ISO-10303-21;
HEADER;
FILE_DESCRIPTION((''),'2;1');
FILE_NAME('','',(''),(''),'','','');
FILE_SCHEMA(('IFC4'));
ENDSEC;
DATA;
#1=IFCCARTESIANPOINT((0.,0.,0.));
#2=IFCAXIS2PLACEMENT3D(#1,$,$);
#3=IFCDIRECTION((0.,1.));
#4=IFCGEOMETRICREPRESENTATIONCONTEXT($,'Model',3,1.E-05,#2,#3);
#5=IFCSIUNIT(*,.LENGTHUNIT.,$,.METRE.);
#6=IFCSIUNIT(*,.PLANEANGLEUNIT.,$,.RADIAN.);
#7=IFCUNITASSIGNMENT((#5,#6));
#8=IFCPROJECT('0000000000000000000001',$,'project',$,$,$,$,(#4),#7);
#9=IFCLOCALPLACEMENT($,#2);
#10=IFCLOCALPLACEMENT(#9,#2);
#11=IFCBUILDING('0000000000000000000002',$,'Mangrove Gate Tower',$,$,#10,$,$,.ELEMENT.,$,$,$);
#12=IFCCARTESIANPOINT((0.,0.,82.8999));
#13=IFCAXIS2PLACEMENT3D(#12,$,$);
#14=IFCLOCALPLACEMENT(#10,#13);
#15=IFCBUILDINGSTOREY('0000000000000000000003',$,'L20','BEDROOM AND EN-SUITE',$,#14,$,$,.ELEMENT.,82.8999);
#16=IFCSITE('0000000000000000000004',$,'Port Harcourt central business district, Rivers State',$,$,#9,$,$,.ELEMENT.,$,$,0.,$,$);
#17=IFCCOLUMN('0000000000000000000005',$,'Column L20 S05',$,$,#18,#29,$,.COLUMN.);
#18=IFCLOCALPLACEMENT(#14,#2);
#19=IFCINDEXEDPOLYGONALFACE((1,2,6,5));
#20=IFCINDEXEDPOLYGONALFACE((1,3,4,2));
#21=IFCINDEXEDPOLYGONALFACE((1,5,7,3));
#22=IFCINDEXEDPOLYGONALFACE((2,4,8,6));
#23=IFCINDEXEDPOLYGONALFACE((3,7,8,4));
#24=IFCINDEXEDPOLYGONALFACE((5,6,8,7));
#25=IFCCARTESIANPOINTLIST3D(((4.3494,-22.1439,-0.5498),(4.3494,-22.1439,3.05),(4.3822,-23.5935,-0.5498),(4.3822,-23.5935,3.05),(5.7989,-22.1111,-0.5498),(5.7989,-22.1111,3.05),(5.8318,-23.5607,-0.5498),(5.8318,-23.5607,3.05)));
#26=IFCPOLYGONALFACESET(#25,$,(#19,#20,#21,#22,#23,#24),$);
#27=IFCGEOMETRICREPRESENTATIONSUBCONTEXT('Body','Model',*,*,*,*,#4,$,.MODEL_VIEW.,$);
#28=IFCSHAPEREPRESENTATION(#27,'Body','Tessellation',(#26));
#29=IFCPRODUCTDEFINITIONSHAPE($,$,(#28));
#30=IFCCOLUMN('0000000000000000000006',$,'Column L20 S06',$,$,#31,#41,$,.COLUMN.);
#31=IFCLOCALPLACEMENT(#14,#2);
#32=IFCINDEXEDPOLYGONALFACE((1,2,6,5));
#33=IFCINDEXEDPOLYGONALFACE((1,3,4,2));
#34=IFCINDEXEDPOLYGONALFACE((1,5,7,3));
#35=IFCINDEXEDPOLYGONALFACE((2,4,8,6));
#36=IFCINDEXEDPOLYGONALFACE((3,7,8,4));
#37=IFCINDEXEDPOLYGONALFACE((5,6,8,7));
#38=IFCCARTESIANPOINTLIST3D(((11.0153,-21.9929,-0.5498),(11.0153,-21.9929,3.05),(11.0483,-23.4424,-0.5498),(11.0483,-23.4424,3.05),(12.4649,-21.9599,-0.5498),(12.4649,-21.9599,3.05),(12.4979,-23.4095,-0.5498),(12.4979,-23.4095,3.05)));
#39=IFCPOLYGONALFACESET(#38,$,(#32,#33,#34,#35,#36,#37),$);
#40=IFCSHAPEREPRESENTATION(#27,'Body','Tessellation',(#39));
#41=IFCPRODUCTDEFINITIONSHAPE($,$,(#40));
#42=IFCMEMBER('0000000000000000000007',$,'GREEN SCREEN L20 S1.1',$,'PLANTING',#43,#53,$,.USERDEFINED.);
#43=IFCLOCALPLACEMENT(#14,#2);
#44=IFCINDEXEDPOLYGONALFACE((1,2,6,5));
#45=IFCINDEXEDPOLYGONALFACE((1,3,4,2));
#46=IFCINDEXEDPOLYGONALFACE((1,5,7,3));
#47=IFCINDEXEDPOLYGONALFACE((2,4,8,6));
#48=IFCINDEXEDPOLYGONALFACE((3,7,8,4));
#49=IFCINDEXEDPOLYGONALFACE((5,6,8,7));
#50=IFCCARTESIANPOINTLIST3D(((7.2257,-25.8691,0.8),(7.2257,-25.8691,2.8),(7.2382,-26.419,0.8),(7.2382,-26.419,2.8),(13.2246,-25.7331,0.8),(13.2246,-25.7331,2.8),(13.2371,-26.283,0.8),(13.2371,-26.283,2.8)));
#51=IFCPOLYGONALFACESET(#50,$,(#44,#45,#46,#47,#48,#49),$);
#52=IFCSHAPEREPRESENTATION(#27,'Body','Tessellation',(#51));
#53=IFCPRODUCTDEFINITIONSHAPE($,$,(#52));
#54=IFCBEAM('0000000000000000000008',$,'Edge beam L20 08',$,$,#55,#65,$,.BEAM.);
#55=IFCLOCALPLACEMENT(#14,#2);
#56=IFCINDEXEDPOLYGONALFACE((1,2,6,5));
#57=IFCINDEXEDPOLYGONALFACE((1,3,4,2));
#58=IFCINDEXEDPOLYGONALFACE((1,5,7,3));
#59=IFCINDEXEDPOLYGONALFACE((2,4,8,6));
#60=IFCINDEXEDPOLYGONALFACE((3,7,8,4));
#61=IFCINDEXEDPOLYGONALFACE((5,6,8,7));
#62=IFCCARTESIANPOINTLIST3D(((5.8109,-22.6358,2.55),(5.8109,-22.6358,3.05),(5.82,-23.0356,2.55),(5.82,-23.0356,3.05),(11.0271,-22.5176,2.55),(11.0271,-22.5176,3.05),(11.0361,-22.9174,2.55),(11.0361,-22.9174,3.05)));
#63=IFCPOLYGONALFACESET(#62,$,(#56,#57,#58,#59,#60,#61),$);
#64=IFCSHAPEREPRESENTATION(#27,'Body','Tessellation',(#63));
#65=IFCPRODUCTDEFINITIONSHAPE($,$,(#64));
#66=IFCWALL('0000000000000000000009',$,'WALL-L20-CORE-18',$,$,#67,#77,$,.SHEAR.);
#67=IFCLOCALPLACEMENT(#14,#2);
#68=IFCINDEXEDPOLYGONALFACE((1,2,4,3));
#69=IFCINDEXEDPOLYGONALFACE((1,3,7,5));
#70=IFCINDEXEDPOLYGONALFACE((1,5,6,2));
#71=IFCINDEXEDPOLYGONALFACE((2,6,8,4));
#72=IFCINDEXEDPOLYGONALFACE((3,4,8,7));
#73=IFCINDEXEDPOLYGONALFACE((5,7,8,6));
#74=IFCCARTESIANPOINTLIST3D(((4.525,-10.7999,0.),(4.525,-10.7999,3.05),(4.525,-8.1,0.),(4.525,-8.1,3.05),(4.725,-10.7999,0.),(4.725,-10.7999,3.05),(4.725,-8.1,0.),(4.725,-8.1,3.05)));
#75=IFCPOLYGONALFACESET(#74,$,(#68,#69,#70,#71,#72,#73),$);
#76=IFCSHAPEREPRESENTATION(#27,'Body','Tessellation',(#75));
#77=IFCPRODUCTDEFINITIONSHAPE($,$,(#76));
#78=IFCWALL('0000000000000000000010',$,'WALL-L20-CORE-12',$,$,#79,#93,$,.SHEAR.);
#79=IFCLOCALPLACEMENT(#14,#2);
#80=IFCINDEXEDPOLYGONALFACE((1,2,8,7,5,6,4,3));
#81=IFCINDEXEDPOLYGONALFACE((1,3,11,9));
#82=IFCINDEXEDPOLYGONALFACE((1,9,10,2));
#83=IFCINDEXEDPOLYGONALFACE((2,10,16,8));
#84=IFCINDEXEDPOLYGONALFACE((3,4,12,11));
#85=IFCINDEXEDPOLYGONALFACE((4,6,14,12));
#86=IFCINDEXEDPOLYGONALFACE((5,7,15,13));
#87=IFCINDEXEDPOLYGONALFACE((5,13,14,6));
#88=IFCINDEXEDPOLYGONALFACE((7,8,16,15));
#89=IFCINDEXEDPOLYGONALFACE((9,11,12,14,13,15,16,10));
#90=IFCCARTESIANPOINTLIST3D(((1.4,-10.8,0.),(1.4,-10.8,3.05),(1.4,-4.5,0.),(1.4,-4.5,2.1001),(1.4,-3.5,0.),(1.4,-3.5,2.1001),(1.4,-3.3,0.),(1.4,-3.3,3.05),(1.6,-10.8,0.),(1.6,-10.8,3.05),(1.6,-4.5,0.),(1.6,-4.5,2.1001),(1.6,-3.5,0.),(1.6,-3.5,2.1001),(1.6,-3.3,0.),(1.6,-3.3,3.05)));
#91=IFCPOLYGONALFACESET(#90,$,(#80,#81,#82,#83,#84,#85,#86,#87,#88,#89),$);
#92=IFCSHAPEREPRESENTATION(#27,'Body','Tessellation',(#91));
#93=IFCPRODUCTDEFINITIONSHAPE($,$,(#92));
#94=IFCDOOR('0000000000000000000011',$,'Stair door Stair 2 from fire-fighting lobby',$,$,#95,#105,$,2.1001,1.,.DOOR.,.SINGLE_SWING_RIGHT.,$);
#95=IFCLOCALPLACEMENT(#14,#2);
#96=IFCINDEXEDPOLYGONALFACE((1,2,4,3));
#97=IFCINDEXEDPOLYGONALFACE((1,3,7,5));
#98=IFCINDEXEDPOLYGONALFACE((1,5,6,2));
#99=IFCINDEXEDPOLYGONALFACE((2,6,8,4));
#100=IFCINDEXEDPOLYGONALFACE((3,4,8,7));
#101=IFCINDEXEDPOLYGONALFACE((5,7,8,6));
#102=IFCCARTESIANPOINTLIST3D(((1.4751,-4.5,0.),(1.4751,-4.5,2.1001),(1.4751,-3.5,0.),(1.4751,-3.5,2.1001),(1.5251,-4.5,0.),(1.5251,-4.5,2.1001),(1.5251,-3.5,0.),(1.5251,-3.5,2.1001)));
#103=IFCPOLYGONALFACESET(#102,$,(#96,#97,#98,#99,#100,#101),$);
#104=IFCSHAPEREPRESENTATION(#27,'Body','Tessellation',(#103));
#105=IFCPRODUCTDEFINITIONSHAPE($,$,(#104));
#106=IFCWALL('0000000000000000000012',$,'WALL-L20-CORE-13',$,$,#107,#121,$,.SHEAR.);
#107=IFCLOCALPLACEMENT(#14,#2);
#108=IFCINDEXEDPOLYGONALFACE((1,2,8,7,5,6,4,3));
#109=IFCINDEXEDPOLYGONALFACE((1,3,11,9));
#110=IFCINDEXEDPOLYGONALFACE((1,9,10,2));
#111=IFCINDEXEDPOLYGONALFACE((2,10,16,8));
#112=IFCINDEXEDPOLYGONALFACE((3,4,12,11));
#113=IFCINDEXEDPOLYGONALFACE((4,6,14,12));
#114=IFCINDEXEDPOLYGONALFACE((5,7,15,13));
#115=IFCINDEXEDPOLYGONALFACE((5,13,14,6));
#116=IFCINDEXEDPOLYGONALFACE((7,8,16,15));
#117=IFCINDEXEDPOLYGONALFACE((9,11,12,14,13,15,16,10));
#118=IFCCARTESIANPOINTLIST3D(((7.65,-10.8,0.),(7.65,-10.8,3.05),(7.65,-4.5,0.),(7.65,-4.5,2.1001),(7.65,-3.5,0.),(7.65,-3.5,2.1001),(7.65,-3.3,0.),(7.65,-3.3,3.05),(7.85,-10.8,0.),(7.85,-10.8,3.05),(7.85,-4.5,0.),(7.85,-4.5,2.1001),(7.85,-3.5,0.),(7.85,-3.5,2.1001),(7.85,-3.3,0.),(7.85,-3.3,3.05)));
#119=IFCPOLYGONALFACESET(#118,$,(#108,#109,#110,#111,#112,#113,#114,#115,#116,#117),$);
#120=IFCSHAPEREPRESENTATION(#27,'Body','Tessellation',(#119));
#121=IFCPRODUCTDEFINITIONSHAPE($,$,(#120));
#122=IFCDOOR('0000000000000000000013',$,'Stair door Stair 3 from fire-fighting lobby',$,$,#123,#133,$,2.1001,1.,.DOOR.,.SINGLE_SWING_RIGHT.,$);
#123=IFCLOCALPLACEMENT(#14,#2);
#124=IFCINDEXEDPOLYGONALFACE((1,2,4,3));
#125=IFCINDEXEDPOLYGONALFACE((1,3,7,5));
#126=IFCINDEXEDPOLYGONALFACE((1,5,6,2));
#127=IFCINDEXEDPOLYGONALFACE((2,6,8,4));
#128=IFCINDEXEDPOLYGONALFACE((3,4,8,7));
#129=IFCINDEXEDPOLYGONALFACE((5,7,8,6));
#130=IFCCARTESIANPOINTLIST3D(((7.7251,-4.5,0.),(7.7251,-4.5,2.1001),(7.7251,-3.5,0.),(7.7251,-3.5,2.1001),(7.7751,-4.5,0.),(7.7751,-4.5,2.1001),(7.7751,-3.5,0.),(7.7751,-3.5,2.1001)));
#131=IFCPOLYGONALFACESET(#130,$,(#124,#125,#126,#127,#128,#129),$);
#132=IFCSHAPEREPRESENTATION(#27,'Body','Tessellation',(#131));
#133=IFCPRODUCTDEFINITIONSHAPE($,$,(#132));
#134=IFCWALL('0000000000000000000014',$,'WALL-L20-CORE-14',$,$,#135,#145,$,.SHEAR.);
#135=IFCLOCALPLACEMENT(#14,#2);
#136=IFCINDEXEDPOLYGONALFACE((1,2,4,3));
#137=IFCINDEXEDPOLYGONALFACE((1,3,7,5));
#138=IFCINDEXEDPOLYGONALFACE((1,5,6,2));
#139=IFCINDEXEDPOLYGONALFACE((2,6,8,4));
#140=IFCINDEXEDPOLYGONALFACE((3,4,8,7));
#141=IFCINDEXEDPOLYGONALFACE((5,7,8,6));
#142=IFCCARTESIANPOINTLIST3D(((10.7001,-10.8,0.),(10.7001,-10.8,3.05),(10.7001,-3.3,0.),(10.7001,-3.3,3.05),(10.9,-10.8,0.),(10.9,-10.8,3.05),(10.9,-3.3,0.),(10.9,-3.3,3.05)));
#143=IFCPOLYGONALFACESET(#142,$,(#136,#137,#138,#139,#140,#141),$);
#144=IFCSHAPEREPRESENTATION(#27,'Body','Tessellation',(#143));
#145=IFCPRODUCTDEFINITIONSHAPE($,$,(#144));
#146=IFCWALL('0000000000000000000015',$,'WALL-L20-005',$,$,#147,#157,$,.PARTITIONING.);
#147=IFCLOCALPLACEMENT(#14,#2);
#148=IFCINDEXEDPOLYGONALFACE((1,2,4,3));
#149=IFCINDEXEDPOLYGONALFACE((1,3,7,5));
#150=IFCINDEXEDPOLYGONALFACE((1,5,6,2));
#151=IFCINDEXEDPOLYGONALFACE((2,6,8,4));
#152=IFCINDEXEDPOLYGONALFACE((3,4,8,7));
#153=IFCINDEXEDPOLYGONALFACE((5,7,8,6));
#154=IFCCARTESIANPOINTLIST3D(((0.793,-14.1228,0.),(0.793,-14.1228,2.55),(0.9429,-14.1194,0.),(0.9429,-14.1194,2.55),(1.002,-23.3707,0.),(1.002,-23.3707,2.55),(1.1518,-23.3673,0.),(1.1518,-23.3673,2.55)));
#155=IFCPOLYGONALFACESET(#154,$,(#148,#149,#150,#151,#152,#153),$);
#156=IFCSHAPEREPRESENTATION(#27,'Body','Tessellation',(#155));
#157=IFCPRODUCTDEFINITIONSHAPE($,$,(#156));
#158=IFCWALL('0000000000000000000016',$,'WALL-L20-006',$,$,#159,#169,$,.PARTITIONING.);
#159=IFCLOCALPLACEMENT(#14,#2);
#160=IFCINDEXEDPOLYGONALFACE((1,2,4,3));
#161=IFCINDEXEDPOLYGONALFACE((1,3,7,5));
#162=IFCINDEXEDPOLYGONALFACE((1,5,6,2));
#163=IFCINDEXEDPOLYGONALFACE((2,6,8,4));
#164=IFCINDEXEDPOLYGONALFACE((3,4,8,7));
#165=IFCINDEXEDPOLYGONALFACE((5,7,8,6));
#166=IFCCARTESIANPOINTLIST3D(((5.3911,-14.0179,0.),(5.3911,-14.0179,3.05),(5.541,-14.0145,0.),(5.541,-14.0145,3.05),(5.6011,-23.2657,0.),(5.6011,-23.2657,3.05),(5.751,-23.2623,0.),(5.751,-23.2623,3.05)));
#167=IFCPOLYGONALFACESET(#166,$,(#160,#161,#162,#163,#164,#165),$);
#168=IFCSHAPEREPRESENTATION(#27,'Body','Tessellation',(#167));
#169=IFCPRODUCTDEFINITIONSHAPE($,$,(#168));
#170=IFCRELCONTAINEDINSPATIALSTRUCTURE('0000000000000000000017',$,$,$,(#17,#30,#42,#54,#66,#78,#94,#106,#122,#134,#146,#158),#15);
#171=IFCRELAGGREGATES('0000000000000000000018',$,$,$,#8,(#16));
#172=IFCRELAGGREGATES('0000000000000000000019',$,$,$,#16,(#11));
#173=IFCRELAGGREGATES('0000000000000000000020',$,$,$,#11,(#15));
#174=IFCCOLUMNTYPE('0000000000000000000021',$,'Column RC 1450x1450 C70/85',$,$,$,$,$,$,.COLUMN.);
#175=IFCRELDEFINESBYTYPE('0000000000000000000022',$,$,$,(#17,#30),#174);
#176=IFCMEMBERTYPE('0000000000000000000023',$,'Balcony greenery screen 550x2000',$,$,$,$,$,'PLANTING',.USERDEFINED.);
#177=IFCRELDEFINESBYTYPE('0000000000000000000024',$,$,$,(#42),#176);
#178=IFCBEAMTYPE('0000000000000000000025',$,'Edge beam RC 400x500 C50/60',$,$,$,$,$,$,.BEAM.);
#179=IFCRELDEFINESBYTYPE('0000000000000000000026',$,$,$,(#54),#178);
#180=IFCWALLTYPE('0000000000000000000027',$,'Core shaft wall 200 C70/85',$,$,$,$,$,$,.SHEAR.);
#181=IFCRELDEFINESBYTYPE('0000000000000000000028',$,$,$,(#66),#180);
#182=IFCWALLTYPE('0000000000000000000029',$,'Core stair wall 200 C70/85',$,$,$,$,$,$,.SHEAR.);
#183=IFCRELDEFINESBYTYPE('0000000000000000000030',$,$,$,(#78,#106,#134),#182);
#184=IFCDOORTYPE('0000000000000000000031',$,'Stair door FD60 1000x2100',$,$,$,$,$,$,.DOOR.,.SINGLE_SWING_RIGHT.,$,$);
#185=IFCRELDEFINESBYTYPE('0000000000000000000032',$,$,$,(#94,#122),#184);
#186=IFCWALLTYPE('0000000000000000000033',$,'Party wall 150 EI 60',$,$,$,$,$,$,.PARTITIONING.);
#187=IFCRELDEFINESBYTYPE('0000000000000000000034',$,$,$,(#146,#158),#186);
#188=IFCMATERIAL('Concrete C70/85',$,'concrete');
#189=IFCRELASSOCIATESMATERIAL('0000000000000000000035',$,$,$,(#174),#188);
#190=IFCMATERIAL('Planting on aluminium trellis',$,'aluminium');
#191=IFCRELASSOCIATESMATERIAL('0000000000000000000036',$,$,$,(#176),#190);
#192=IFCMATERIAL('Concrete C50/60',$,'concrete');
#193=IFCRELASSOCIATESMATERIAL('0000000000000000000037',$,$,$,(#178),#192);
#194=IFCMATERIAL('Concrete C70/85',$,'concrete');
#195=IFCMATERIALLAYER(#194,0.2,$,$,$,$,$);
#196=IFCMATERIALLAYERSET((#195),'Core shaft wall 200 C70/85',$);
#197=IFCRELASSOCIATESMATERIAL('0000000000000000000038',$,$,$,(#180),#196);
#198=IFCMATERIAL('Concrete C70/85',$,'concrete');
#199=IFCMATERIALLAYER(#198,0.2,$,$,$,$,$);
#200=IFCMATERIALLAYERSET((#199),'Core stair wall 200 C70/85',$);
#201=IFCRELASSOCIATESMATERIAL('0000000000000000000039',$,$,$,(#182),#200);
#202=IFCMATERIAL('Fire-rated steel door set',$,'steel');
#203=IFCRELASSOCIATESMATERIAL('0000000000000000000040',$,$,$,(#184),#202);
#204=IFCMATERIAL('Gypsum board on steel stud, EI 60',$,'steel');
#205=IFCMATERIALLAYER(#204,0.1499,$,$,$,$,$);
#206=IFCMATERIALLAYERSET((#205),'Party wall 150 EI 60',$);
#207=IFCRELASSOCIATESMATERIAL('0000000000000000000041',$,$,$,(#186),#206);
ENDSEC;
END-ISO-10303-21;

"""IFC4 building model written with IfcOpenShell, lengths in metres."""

from ifc_helpers import new_model, si_unit, direction, frame, frame_2d, origin, origin_2d, place, context, subcontext, project, spatial, rectangle, extrude, material, layer, layer_set, material_profile, profile_set, type_object, element, fill, save


model = new_model("IFC4")

# Units and contexts
model_context = context("Model", 3, precision=1e-05, world=origin(), true_north=direction((0.0, 1.0)))
body_context = subcontext(model_context, "Body", "Model", "MODEL_VIEW")
ifc_project = project(units=[si_unit("LENGTHUNIT", "METRE"), si_unit("PLANEANGLEUNIT", "RADIAN")], contexts=[model_context])

# Site, building, storey
site_placement = place(None, origin())
site = spatial("IfcSite", under=ifc_project, at=site_placement, Name="Port Harcourt central business district, Rivers State", CompositionType="ELEMENT", RefElevation=0.0)
building_placement = place(site_placement, origin())
building = spatial("IfcBuilding", under=site, at=building_placement, Name="Mangrove Gate Tower", CompositionType="ELEMENT")
storey_placement = place(building_placement, frame((0.0, 0.0, 82.8999)))
storey = spatial("IfcBuildingStorey", under=building, at=storey_placement, Name="L20", Description="BEDROOM AND EN-SUITE", CompositionType="ELEMENT", Elevation=82.8999)

# Columns
ifc_material_1 = material(Name="Concrete C70/85", Category="concrete")
ifc_material_profile_1 = material_profile(ifc_material_1, rectangle(XDim=1.45, YDim=1.45, at=origin_2d()))
ifc_profile_set_1 = profile_set([ifc_material_profile_1], Name="Concrete C70/85")
column_type = type_object("IfcColumnType", Name="Column RC 1450x1450 C70/85", PredefinedType="COLUMN", material=ifc_profile_set_1)
for number, where, z_axis, x_axis, name in (
    (1, (5.0906, -22.8523, -0.5498), (0.0, 0.0, 1.0), (0.999744, 0.022646, 0.0), "Column L20 S05"),
    (2, (11.7566, -22.7012, -0.5498), (0.0, 0.0, 1.0), (0.999742, 0.022723, 0.0), "Column L20 S06"),
):
    element("IfcColumn", number, at=place(storey_placement, frame(where, z_axis=z_axis, x_axis=x_axis)), inside=storey, type_object=column_type, Name=name, PredefinedType="COLUMN", context=body_context, shape_type="SweptSolid", body=[
        extrude(rectangle(XDim=1.45, YDim=1.45, at=origin_2d()), origin(), (0.0, 0.0, 1.0), 3.5999),
    ])

# Member
ifc_material_2 = material(Name="Planting on aluminium trellis", Category="aluminium")
ifc_material_profile_2 = material_profile(ifc_material_2, rectangle(XDim=0.55, YDim=2.0, at=origin_2d()))
ifc_profile_set_2 = profile_set([ifc_material_profile_2], Name="Planting on aluminium trellis")
member_type = type_object("IfcMemberType", Name="Balcony greenery screen 550x2000", ElementType="PLANTING", PredefinedType="USERDEFINED", material=ifc_profile_set_2)
member_placement = place(storey_placement, frame((7.2319, -26.144, 1.8), z_axis=(0.999743, 0.022662, 0.0), x_axis=(-0.022662, 0.999743, 0.0)))
element("IfcMember", 3, at=member_placement, inside=storey, type_object=member_type, Name="GREEN SCREEN L20 S1.1", ObjectType="PLANTING", PredefinedType="USERDEFINED", context=body_context, shape_type="SweptSolid", body=[
    extrude(rectangle(XDim=0.55, YDim=2.0, at=origin_2d()), origin(), (0.0, 0.0, 1.0), 6.0005),
])

# Beam
ifc_material_3 = material(Name="Concrete C50/60", Category="concrete")
ifc_material_profile_3 = material_profile(ifc_material_3, rectangle(XDim=0.3999, YDim=0.5, at=origin_2d()))
ifc_profile_set_3 = profile_set([ifc_material_profile_3], Name="Concrete C50/60")
beam_type = type_object("IfcBeamType", Name="Edge beam RC 400x500 C50/60", PredefinedType="BEAM", material=ifc_profile_set_3)
beam_placement = place(storey_placement, frame((5.8154, -22.8357, 2.8), z_axis=(0.999744, 0.022647, 0.0), x_axis=(-0.022647, 0.999744, 0.0)))
element("IfcBeam", 4, at=beam_placement, inside=storey, type_object=beam_type, Name="Edge beam L20 08", PredefinedType="BEAM", context=body_context, shape_type="SweptSolid", body=[
    extrude(rectangle(XDim=0.3999, YDim=0.5, at=origin_2d()), origin(), (0.0, 0.0, 1.0), 5.2175),
])

# Wall
ifc_material_4 = material(Name="Concrete C70/85", Category="concrete")
ifc_layer_1 = layer(ifc_material_4, 0.2)
ifc_layer_set_1 = layer_set([ifc_layer_1], Name="Core shaft wall 200 C70/85")
wall_type_1 = type_object("IfcWallType", Name="Core shaft wall 200 C70/85", PredefinedType="SHEAR", material=ifc_layer_set_1)
wall_1_placement = place(storey_placement, frame((4.625, -10.8, 0.0), z_axis=(0.0, 0.0, 1.0), x_axis=(0.0, 1.0, 0.0)))
element("IfcWall", 5, at=wall_1_placement, inside=storey, type_object=wall_type_1, Name="WALL-L20-CORE-18", PredefinedType="SHEAR", context=body_context, shape_type="SweptSolid", body=[
    extrude(rectangle(XDim=2.7, YDim=0.2, at=frame_2d((1.3501, 0.0))), origin(), (0.0, 0.0, 1.0), 3.05),
])

# Walls, openings, doors
ifc_material_5 = material(Name="Concrete C70/85", Category="concrete")
ifc_layer_2 = layer(ifc_material_5, 0.2)
ifc_layer_set_2 = layer_set([ifc_layer_2], Name="Core stair wall 200 C70/85")
wall_type_2 = type_object("IfcWallType", Name="Core stair wall 200 C70/85", PredefinedType="SHEAR", material=ifc_layer_set_2)
wall_2_placement = place(storey_placement, frame((1.5, -10.8, 0.0), z_axis=(0.0, 0.0, 1.0), x_axis=(0.0, 1.0, 0.0)))
wall_2 = element("IfcWall", 6, at=wall_2_placement, inside=storey, type_object=wall_type_2, Name="WALL-L20-CORE-12", PredefinedType="SHEAR", context=body_context, shape_type="SweptSolid", body=[
    extrude(rectangle(XDim=7.5, YDim=0.2, at=frame_2d((3.75, 0.0))), origin(), (0.0, 0.0, 1.0), 3.05),
])
opening_1_placement = place(wall_2_placement, frame((6.3, 0.0, 0.0)))
opening_1 = element("IfcOpeningElement", 7, at=opening_1_placement, cuts=wall_2, PredefinedType="OPENING", context=body_context, shape_type="SweptSolid", body=[
    extrude(rectangle(XDim=1.0, YDim=2.1001, at=frame_2d((0.5, 1.05))), frame((0.0, 0.1099, 0.0), z_axis=(0.0, -1.0, 0.0), x_axis=(1.0, 0.0, 0.0)), (0.0, 0.0, 1.0), 0.22),
])
ifc_material_6 = material(Name="Fire-rated steel door set", Category="steel")
door_type_1 = type_object("IfcDoorType", Name="Stair door FD60 1000x2100", OperationType="SINGLE_SWING_RIGHT", PredefinedType="DOOR", material=ifc_material_6)
door_1_placement = place(opening_1_placement, origin())
door_1 = element("IfcDoor", 8, at=door_1_placement, inside=storey, type_object=door_type_1, Name="Stair door Stair 2 from fire-fighting lobby", OperationType="SINGLE_SWING_RIGHT", OverallHeight=2.1001, OverallWidth=1.0, PredefinedType="DOOR", context=body_context, shape_type="SweptSolid", body=[
    extrude(rectangle(XDim=1.0, YDim=2.1001, at=frame_2d((0.5, 1.05))), frame((0.0, 0.0249, 0.0), z_axis=(0.0, -1.0, 0.0), x_axis=(1.0, 0.0, 0.0)), (0.0, 0.0, 1.0), 0.05),
])
fill(opening_1, door_1)
wall_3_placement = place(storey_placement, frame((7.75, -10.8, 0.0), z_axis=(0.0, 0.0, 1.0), x_axis=(0.0, 1.0, 0.0)))
wall_3 = element("IfcWall", 9, at=wall_3_placement, inside=storey, type_object=wall_type_2, Name="WALL-L20-CORE-13", PredefinedType="SHEAR", context=body_context, shape_type="SweptSolid", body=[
    extrude(rectangle(XDim=7.5, YDim=0.2, at=frame_2d((3.75, 0.0))), origin(), (0.0, 0.0, 1.0), 3.05),
])
opening_2_placement = place(wall_3_placement, frame((6.3, 0.0, 0.0)))
opening_2 = element("IfcOpeningElement", 10, at=opening_2_placement, cuts=wall_3, PredefinedType="OPENING", context=body_context, shape_type="SweptSolid", body=[
    extrude(rectangle(XDim=1.0, YDim=2.1001, at=frame_2d((0.5, 1.05))), frame((0.0, 0.1099, 0.0), z_axis=(0.0, -1.0, 0.0), x_axis=(1.0, 0.0, 0.0)), (0.0, 0.0, 1.0), 0.22),
])
door_2_placement = place(opening_2_placement, origin())
door_2 = element("IfcDoor", 11, at=door_2_placement, inside=storey, type_object=door_type_1, Name="Stair door Stair 3 from fire-fighting lobby", OperationType="SINGLE_SWING_RIGHT", OverallHeight=2.1001, OverallWidth=1.0, PredefinedType="DOOR", context=body_context, shape_type="SweptSolid", body=[
    extrude(rectangle(XDim=1.0, YDim=2.1001, at=frame_2d((0.5, 1.05))), frame((0.0, 0.0249, 0.0), z_axis=(0.0, -1.0, 0.0), x_axis=(1.0, 0.0, 0.0)), (0.0, 0.0, 1.0), 0.05),
])
fill(opening_2, door_2)

# Walls
wall_4_placement = place(storey_placement, frame((10.8, -10.8, 0.0), z_axis=(0.0, 0.0, 1.0), x_axis=(0.0, 1.0, 0.0)))
element("IfcWall", 12, at=wall_4_placement, inside=storey, type_object=wall_type_2, Name="WALL-L20-CORE-14", PredefinedType="SHEAR", context=body_context, shape_type="SweptSolid", body=[
    extrude(rectangle(XDim=7.5, YDim=0.2, at=frame_2d((3.75, 0.0))), origin(), (0.0, 0.0, 1.0), 3.05),
])
ifc_material_7 = material(Name="Gypsum board on steel stud, EI 60", Category="steel")
ifc_layer_3 = layer(ifc_material_7, 0.1499)
ifc_layer_set_3 = layer_set([ifc_layer_3], Name="Party wall 150 EI 60")
wall_type_3 = type_object("IfcWallType", Name="Party wall 150 EI 60", PredefinedType="PARTITIONING", material=ifc_layer_set_3)
wall_5_placement = place(storey_placement, frame((1.0769, -23.3689, 0.0), z_axis=(0.0, 0.0, 1.0), x_axis=(-0.022593, 0.999745, 0.0)))
element("IfcWall", 13, at=wall_5_placement, inside=storey, type_object=wall_type_3, Name="WALL-L20-005", PredefinedType="PARTITIONING", context=body_context, shape_type="SweptSolid", body=[
    extrude(rectangle(XDim=9.2502, YDim=0.1499, at=frame_2d((4.625, 0.0))), origin(), (0.0, 0.0, 1.0), 2.55),
])
wall_6_placement = place(storey_placement, frame((5.676, -23.2639, 0.0), z_axis=(0.0, 0.0, 1.0), x_axis=(-0.022698, 0.999742, 0.0)))
element("IfcWall", 14, at=wall_6_placement, inside=storey, type_object=wall_type_3, Name="WALL-L20-006", PredefinedType="PARTITIONING", context=body_context, shape_type="SweptSolid", body=[
    extrude(rectangle(XDim=9.2502, YDim=0.1499, at=frame_2d((4.625, 0.0))), origin(), (0.0, 0.0, 1.0), 3.05),
])

save(model, "model.ifc")
